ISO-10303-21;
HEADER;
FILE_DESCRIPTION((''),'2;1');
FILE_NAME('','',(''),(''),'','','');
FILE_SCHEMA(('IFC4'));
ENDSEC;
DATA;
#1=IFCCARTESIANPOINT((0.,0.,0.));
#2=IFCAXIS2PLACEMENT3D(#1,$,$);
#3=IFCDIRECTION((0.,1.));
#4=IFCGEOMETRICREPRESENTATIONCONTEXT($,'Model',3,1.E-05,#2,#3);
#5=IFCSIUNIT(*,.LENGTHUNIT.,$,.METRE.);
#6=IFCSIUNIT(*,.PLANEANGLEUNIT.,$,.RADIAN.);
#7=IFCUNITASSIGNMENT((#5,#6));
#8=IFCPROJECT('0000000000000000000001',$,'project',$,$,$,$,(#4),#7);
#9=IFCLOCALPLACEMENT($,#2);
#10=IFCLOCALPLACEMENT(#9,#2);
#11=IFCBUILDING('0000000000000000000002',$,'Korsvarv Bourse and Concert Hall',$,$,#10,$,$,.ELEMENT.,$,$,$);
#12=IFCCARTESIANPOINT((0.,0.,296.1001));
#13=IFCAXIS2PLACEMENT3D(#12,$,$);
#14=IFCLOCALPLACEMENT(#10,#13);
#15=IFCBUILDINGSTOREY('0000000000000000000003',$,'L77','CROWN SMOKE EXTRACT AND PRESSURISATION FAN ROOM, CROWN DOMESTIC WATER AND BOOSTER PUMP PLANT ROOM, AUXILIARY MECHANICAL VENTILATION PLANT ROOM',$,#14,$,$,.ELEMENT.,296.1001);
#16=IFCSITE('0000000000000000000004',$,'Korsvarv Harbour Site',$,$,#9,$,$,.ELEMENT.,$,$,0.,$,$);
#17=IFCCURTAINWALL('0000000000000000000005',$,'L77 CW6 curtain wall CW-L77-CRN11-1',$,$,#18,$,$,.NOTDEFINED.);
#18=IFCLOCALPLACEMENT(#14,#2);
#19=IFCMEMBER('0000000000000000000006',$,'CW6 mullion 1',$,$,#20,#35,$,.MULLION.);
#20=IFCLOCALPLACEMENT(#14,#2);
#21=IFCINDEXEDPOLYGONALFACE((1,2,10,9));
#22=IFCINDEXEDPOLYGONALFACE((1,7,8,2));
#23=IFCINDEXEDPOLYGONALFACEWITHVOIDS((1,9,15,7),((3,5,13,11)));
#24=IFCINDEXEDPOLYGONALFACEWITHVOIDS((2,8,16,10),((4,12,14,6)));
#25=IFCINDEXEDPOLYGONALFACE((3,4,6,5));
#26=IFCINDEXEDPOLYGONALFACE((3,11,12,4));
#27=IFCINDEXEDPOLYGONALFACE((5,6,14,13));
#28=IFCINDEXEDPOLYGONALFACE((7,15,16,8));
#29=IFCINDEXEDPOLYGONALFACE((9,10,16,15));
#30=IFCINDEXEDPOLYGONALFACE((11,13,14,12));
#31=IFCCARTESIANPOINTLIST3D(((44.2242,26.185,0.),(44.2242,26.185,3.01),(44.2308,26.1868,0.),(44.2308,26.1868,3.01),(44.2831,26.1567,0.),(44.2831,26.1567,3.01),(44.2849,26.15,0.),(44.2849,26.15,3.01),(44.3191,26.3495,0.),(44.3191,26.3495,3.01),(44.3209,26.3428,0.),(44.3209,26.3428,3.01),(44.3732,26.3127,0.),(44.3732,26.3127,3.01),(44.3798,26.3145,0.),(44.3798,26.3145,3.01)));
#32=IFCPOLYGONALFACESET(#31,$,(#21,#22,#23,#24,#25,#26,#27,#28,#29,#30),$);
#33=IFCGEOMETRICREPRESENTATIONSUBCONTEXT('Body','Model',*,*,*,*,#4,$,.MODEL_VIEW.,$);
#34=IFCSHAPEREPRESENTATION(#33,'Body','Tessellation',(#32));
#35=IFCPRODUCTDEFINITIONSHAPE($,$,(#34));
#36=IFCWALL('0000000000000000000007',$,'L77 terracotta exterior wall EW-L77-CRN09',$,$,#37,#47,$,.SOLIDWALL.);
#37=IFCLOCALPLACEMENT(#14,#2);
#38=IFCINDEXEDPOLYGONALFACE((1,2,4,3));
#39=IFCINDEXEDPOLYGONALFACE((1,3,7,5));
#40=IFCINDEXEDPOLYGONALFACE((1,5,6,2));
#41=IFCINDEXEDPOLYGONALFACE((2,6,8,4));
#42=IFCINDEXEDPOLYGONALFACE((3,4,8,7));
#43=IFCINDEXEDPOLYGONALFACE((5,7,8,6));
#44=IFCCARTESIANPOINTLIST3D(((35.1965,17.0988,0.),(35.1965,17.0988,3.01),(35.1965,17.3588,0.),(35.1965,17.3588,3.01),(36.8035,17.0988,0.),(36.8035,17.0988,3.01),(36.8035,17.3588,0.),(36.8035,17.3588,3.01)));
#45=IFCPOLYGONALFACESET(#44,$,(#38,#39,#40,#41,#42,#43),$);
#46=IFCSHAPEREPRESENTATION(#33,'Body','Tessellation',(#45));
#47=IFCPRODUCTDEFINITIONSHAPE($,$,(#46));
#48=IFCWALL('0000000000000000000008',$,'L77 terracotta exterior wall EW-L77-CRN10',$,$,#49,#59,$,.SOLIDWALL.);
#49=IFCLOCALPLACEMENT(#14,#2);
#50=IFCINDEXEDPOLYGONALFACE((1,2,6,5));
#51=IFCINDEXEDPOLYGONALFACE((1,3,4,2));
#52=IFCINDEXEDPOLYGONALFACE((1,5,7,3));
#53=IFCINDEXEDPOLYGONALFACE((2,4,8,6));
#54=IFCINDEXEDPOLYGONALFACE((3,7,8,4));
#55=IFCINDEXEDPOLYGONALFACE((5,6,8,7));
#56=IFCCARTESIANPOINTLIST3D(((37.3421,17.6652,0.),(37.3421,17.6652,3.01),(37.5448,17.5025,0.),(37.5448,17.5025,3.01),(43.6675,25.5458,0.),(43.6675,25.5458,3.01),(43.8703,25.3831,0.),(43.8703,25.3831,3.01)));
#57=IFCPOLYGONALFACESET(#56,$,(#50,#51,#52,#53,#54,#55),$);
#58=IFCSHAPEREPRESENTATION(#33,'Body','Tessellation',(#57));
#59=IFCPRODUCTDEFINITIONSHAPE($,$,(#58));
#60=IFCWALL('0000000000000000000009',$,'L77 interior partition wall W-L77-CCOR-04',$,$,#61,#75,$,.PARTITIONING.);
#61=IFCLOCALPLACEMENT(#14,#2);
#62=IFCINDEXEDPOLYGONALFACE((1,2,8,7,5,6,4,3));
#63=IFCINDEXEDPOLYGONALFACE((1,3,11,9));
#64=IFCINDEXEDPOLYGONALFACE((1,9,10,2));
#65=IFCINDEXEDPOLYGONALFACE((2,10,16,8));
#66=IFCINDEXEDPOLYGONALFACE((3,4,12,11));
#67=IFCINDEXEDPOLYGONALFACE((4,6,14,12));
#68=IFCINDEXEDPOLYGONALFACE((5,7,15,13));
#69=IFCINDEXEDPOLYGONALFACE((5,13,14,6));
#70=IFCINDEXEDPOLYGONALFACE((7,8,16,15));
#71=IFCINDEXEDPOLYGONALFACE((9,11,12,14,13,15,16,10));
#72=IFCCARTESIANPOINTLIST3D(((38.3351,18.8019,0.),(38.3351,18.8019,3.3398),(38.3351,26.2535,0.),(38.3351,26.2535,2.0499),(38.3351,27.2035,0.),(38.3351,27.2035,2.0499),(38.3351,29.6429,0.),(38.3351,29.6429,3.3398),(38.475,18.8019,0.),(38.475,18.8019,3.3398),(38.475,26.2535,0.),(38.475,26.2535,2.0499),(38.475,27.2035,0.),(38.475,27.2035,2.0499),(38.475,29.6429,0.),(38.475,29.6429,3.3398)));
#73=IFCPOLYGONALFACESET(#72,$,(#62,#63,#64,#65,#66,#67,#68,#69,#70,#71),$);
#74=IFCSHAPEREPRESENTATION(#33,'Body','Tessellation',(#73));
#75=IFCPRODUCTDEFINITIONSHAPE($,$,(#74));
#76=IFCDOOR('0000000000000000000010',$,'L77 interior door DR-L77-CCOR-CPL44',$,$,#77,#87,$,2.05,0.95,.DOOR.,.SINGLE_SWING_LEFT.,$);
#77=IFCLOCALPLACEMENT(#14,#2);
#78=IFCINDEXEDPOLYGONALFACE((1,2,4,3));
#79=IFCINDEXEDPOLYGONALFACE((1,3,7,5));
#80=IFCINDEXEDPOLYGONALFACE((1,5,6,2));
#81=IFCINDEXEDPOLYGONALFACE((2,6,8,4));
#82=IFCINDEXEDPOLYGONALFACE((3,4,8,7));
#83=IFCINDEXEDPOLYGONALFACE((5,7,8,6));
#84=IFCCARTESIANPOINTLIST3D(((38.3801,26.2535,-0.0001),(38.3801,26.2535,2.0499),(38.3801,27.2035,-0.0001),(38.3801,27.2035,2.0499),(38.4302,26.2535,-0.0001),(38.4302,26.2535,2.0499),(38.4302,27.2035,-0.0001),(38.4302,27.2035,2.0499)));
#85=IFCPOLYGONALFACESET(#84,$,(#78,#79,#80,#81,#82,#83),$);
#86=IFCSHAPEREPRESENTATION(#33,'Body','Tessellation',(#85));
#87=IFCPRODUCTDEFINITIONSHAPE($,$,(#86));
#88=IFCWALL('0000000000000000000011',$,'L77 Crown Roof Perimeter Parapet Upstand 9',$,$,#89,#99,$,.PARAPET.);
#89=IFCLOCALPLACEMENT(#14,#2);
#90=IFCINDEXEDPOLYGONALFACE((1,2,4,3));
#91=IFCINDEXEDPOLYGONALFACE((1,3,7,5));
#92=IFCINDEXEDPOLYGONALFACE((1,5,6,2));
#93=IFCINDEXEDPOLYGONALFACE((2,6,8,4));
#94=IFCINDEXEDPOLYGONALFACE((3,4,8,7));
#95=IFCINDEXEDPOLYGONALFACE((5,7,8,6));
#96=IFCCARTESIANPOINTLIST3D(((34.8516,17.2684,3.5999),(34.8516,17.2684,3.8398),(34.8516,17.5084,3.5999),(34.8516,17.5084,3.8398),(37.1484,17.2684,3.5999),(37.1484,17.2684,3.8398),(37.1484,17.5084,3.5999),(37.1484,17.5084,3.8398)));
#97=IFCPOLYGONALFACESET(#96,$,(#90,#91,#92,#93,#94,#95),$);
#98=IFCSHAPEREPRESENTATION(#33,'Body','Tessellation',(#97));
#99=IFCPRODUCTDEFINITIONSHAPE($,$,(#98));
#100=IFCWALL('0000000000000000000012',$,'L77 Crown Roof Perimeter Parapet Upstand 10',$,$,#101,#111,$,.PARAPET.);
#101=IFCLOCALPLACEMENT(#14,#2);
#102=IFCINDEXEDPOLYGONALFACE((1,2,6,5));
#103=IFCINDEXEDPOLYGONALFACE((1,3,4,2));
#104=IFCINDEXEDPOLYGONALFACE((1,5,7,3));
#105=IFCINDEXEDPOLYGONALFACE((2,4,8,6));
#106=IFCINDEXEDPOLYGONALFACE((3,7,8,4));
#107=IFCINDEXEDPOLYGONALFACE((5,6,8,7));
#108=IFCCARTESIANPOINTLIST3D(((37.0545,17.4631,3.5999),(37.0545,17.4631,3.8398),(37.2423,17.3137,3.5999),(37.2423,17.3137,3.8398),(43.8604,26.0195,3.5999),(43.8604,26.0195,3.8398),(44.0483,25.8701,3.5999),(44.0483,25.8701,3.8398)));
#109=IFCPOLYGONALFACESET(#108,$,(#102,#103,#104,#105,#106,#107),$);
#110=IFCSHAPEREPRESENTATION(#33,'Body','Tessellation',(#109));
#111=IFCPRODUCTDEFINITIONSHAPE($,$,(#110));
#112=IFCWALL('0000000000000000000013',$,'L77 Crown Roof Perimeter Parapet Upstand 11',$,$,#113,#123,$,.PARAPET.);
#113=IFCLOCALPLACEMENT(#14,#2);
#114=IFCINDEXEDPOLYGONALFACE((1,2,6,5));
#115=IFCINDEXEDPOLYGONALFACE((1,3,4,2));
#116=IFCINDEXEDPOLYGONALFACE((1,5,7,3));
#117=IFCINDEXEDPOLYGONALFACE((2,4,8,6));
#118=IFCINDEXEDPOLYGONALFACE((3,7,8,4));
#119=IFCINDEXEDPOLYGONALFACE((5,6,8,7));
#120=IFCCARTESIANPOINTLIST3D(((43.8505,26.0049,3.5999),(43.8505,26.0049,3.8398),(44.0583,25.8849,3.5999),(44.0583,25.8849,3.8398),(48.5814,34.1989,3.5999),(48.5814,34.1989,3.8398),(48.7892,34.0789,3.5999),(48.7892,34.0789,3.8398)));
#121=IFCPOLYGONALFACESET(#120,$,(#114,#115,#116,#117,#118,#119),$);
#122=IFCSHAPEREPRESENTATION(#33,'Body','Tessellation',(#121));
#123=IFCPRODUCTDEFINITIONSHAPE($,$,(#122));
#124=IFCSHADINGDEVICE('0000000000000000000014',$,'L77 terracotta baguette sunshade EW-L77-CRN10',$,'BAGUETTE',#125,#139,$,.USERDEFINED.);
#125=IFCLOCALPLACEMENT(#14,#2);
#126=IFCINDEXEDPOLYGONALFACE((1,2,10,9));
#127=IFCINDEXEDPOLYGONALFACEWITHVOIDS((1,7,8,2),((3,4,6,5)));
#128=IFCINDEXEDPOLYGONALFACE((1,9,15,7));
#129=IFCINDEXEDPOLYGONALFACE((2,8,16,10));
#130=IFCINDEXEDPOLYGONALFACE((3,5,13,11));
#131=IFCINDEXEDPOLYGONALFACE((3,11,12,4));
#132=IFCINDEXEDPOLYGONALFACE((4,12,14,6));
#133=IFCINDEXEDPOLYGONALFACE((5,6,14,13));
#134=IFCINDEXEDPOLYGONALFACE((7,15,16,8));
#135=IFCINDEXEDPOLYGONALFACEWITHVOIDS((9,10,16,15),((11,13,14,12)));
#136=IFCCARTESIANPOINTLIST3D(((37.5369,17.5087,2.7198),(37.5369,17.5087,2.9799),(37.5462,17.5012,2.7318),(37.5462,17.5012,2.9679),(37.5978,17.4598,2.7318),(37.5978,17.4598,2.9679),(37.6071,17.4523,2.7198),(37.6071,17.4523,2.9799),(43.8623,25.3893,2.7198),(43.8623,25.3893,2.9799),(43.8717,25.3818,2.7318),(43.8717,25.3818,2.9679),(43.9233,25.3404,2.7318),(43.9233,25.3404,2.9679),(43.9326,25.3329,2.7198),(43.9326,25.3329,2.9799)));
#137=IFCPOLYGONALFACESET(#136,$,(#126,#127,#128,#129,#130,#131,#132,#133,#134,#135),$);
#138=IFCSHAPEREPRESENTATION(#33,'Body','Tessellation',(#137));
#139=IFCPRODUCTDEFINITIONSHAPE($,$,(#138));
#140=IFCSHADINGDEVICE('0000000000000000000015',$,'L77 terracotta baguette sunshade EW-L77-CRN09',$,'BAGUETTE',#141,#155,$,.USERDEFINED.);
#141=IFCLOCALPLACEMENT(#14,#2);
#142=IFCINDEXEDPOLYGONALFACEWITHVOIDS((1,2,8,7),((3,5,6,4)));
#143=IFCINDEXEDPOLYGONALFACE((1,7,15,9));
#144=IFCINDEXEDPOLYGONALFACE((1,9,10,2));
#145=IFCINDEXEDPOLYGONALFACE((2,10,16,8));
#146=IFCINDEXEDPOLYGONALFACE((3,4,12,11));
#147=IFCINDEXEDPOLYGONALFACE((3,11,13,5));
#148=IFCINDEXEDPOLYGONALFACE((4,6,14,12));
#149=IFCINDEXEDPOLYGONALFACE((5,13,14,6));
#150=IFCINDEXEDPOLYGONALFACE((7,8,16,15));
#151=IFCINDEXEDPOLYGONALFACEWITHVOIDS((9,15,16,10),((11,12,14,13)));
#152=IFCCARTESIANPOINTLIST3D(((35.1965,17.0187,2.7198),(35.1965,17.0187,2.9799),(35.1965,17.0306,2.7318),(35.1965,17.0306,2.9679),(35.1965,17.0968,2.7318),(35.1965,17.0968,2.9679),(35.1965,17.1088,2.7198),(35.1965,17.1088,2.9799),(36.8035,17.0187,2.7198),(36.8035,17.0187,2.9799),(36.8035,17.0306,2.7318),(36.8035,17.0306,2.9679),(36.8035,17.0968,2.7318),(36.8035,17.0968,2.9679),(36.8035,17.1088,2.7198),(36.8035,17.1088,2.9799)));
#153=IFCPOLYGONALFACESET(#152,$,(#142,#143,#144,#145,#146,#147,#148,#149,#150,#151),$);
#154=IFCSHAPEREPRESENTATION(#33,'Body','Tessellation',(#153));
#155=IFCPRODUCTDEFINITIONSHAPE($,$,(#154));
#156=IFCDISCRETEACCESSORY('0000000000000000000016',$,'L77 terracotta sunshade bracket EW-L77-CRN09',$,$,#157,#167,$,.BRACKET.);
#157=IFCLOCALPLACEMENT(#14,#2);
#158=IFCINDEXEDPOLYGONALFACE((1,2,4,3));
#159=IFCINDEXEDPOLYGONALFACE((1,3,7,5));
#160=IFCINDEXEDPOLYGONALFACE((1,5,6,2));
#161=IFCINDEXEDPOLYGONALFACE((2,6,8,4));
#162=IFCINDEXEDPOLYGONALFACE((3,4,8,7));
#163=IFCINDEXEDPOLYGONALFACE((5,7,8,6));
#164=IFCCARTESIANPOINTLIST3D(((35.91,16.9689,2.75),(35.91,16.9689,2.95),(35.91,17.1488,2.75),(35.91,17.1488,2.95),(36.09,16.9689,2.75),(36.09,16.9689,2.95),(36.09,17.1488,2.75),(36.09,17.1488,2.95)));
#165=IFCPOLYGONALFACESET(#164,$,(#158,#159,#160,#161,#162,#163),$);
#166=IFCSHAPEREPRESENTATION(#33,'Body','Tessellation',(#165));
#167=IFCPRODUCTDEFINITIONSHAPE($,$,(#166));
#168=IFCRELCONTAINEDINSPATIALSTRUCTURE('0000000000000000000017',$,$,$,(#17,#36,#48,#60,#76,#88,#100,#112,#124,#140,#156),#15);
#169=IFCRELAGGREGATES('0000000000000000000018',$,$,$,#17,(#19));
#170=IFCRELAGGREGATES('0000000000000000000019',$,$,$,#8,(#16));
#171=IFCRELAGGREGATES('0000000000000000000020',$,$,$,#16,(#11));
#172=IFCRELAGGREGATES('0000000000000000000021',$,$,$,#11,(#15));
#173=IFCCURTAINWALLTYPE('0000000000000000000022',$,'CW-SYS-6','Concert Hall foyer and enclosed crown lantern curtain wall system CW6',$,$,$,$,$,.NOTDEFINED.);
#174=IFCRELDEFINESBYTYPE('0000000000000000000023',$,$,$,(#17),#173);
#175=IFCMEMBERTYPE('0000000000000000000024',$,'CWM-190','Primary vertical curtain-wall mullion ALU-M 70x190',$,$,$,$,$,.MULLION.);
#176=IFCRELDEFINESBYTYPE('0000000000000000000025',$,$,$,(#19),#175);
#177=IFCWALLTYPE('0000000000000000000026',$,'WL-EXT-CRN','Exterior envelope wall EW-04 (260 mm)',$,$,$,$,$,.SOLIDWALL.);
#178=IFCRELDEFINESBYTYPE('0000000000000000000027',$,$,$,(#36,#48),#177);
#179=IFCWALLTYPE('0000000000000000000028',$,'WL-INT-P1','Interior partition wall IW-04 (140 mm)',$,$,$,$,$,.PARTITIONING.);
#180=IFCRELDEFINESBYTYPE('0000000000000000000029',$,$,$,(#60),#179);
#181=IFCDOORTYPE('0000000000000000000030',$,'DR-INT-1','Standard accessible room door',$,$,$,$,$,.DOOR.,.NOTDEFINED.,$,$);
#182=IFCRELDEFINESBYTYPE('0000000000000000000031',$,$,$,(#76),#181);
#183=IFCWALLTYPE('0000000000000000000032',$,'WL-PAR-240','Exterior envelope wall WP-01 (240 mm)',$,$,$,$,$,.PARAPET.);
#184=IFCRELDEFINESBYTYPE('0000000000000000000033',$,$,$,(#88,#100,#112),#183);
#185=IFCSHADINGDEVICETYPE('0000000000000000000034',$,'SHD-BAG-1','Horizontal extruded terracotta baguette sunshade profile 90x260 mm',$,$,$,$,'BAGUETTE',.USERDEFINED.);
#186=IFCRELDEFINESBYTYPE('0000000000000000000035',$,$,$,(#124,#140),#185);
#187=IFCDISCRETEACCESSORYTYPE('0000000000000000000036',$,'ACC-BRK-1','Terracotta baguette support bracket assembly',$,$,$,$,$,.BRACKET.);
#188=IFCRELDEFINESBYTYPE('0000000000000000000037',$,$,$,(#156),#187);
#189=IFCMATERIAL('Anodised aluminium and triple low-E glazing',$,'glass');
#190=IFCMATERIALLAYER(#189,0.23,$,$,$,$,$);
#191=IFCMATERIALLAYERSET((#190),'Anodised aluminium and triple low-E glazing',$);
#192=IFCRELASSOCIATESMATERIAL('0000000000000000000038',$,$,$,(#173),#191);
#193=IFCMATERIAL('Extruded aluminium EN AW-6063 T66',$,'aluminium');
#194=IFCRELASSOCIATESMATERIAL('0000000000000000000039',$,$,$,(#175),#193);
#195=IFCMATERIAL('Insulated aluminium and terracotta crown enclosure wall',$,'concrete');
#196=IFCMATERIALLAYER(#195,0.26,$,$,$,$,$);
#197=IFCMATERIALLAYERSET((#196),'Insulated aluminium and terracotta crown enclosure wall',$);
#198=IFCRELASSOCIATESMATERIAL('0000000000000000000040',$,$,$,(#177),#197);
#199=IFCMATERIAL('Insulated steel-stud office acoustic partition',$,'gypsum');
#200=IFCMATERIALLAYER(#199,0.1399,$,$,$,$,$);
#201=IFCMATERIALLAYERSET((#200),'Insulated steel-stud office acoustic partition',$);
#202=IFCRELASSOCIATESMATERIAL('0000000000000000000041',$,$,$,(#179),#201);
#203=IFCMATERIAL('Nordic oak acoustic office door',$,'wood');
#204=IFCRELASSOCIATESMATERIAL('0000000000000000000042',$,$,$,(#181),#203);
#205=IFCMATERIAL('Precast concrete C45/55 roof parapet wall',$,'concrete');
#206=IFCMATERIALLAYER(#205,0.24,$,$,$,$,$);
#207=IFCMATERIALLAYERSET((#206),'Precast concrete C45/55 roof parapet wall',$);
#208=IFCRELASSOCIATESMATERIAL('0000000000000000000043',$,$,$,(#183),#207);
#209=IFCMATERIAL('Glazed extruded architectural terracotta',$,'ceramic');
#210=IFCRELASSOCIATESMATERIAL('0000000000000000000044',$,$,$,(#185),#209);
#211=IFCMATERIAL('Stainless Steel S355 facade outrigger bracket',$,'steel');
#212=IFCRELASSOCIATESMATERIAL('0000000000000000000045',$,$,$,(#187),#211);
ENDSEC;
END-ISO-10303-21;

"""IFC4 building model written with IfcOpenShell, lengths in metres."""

from ifc_helpers import new_model, si_unit, direction, frame, frame_2d, origin, origin_2d, place, context, subcontext, project, spatial, rectangle, hollow_rectangle, extrude, source, transform, mapped, material, layer, layer_set, material_profile, profile_set, type_object, element, fill, aggregate, save


model = new_model("IFC4")

# Units and contexts
model_context = context("Model", 3, precision=1e-05, world=origin(), true_north=direction((0.0, 1.0)))
body_context = subcontext(model_context, "Body", "Model", "MODEL_VIEW")
ifc_project = project(units=[si_unit("LENGTHUNIT", "METRE"), si_unit("PLANEANGLEUNIT", "RADIAN")], contexts=[model_context])

# Site, building, storey
site_placement = place(None, origin())
site = spatial("IfcSite", under=ifc_project, at=site_placement, Name="Korsvarv Harbour Site", CompositionType="ELEMENT", RefElevation=0.0)
building_placement = place(site_placement, origin())
building = spatial("IfcBuilding", under=site, at=building_placement, Name="Korsvarv Bourse and Concert Hall", CompositionType="ELEMENT")
storey_placement = place(building_placement, frame((0.0, 0.0, 296.1001)))
storey = spatial("IfcBuildingStorey", under=building, at=storey_placement, Name="L77", Description="CROWN SMOKE EXTRACT AND PRESSURISATION FAN ROOM, CROWN DOMESTIC WATER AND BOOSTER PUMP PLANT ROOM, AUXILIARY MECHANICAL VENTILATION PLANT ROOM", CompositionType="ELEMENT", Elevation=296.1001)

# Curtain wall, member
ifc_material_1 = material(Name="Anodised aluminium and triple low-E glazing", Category="glass")
ifc_layer_1 = layer(ifc_material_1, 0.23)
ifc_layer_set_1 = layer_set([ifc_layer_1], Name="Anodised aluminium and triple low-E glazing")
curtain_wall_type = type_object("IfcCurtainWallType", Name="CW-SYS-6", Description="Concert Hall foyer and enclosed crown lantern curtain wall system CW6", PredefinedType="NOTDEFINED", material=ifc_layer_set_1)
curtain_wall_placement = place(storey_placement, origin())
curtain_wall = element("IfcCurtainWall", 1, at=curtain_wall_placement, inside=storey, type_object=curtain_wall_type, Name="L77 CW6 curtain wall CW-L77-CRN11-1", PredefinedType="NOTDEFINED")
ifc_material_2 = material(Name="Extruded aluminium EN AW-6063 T66", Category="aluminium")
ifc_material_profile_1 = material_profile(ifc_material_2, hollow_rectangle(XDim=0.0701, YDim=0.1899, WallThickness=0.0049, at=origin_2d()), Name="ALU-M 70x190")
ifc_profile_set_1 = profile_set([ifc_material_profile_1], Name="Extruded aluminium EN AW-6063 T66")
member_type = type_object("IfcMemberType", Name="CWM-190", Description="Primary vertical curtain-wall mullion ALU-M 70x190", PredefinedType="MULLION", material=ifc_profile_set_1)
shared_shape_1 = source(origin(), body_context, "Body", "SweptSolid", [
    extrude(hollow_rectangle(XDim=0.0701, YDim=0.1899, WallThickness=0.0049, at=origin_2d()), origin(), (0.0, 0.0, 1.0), 3.01),
])
member_placement = place(storey_placement, frame((44.302, 26.2498, 0.0), z_axis=(0.0, 0.0, 1.0), x_axis=(-0.866021, 0.500008, 0.0)))
member = element("IfcMember", 2, at=member_placement, type_object=member_type, Name="CW6 mullion 1", PredefinedType="MULLION", context=body_context, shape_type="MappedRepresentation", body=[
    mapped(shared_shape_1, transform((0.0, 0.0, 0.0), scale=1.0)),
])
aggregate(curtain_wall, [member])

# Walls
ifc_material_3 = material(Name="Insulated aluminium and terracotta crown enclosure wall", Category="concrete")
ifc_layer_2 = layer(ifc_material_3, 0.26)
ifc_layer_set_2 = layer_set([ifc_layer_2], Name="Insulated aluminium and terracotta crown enclosure wall")
wall_type_1 = type_object("IfcWallType", Name="WL-EXT-CRN", Description="Exterior envelope wall EW-04 (260 mm)", PredefinedType="SOLIDWALL", material=ifc_layer_set_2)
wall_1_placement = place(storey_placement, frame((35.1965, 17.2288, 0.0), z_axis=(0.0, 0.0, 1.0), x_axis=(1.0, 0.0, 0.0)))
element("IfcWall", 3, at=wall_1_placement, inside=storey, type_object=wall_type_1, Name="L77 terracotta exterior wall EW-L77-CRN09", PredefinedType="SOLIDWALL", context=body_context, shape_type="SweptSolid", body=[
    extrude(rectangle(XDim=1.6069, YDim=0.26, at=frame_2d((0.8035, 0.0))), origin(), (0.0, 0.0, 1.0), 3.01),
])
wall_2_placement = place(storey_placement, frame((37.4434, 17.5837, 0.0), z_axis=(0.0, 0.0, 1.0), x_axis=(0.625958, 0.779857, 0.0)))
element("IfcWall", 4, at=wall_2_placement, inside=storey, type_object=wall_type_1, Name="L77 terracotta exterior wall EW-L77-CRN10", PredefinedType="SOLIDWALL", context=body_context, shape_type="SweptSolid", body=[
    extrude(rectangle(XDim=10.1052, YDim=0.26, at=frame_2d((5.0527, 0.0))), origin(), (0.0, 0.0, 1.0), 3.01),
])

# Wall, opening, door
ifc_material_4 = material(Name="Insulated steel-stud office acoustic partition", Category="gypsum")
ifc_layer_3 = layer(ifc_material_4, 0.1399)
ifc_layer_set_3 = layer_set([ifc_layer_3], Name="Insulated steel-stud office acoustic partition")
wall_type_2 = type_object("IfcWallType", Name="WL-INT-P1", Description="Interior partition wall IW-04 (140 mm)", PredefinedType="PARTITIONING", material=ifc_layer_set_3)
wall_3_placement = place(storey_placement, frame((38.405, 18.802, 0.0), z_axis=(0.0, 0.0, 1.0), x_axis=(0.0, 1.0, 0.0)))
wall_3 = element("IfcWall", 5, at=wall_3_placement, inside=storey, type_object=wall_type_2, Name="L77 interior partition wall W-L77-CCOR-04", PredefinedType="PARTITIONING", context=body_context, shape_type="SweptSolid", body=[
    extrude(rectangle(XDim=10.8411, YDim=0.1399, at=frame_2d((5.4204, 0.0))), origin(), (0.0, 0.0, 1.0), 3.3398),
])
opening_placement = place(wall_3_placement, frame((7.4514, 0.0, 0.0)))
opening = element("IfcOpeningElement", 6, at=opening_placement, cuts=wall_3, PredefinedType="OPENING", context=body_context, shape_type="SweptSolid", body=[
    extrude(rectangle(XDim=0.95, YDim=2.05, at=frame_2d((0.4751, 1.0249))), frame((0.0, 0.0801, 0.0), z_axis=(0.0, -1.0, 0.0), x_axis=(1.0, 0.0, 0.0)), (0.0, 0.0, 1.0), 0.1599),
])
ifc_material_5 = material(Name="Nordic oak acoustic office door", Category="wood")
door_type = type_object("IfcDoorType", Name="DR-INT-1", Description="Standard accessible room door", OperationType="NOTDEFINED", PredefinedType="DOOR", material=ifc_material_5)
door_placement = place(opening_placement, origin())
door = element("IfcDoor", 7, at=door_placement, inside=storey, type_object=door_type, Name="L77 interior door DR-L77-CCOR-CPL44", OperationType="SINGLE_SWING_LEFT", OverallHeight=2.05, OverallWidth=0.95, PredefinedType="DOOR", context=body_context, shape_type="SweptSolid", body=[
    extrude(rectangle(XDim=0.95, YDim=2.05, at=frame_2d((0.4751, 1.0249))), frame((0.0, 0.0249, 0.0), z_axis=(0.0, -1.0, 0.0), x_axis=(1.0, 0.0, 0.0)), (0.0, 0.0, 1.0), 0.05),
])
fill(opening, door)

# Walls
ifc_material_6 = material(Name="Precast concrete C45/55 roof parapet wall", Category="concrete")
ifc_layer_4 = layer(ifc_material_6, 0.24)
ifc_layer_set_4 = layer_set([ifc_layer_4], Name="Precast concrete C45/55 roof parapet wall")
wall_type_3 = type_object("IfcWallType", Name="WL-PAR-240", Description="Exterior envelope wall WP-01 (240 mm)", PredefinedType="PARAPET", material=ifc_layer_set_4)
wall_4_placement = place(storey_placement, frame((34.8516, 17.3884, 3.5999), z_axis=(0.0, 0.0, 1.0), x_axis=(1.0, 0.0, 0.0)))
element("IfcWall", 8, at=wall_4_placement, inside=storey, type_object=wall_type_3, Name="L77 Crown Roof Perimeter Parapet Upstand 9", PredefinedType="PARAPET", context=body_context, shape_type="SweptSolid", body=[
    extrude(rectangle(XDim=2.2969, YDim=0.24, at=frame_2d((1.1484, 0.0))), origin(), (0.0, 0.0, 1.0), 0.24),
])
wall_5_placement = place(storey_placement, frame((37.1484, 17.3884, 3.5999), z_axis=(0.0, 0.0, 1.0), x_axis=(0.622506, 0.782615, 0.0)))
element("IfcWall", 9, at=wall_5_placement, inside=storey, type_object=wall_type_3, Name="L77 Crown Roof Perimeter Parapet Upstand 10", PredefinedType="PARAPET", context=body_context, shape_type="SweptSolid", body=[
    extrude(rectangle(XDim=10.9331, YDim=0.24, at=frame_2d((5.4666, 0.0))), origin(), (0.0, 0.0, 1.0), 0.24),
])
wall_6_placement = place(storey_placement, frame((43.9543, 25.9448, 3.5999), z_axis=(0.0, 0.0, 1.0), x_axis=(0.500008, 0.866021, 0.0)))
element("IfcWall", 10, at=wall_6_placement, inside=storey, type_object=wall_type_3, Name="L77 Crown Roof Perimeter Parapet Upstand 11", PredefinedType="PARAPET", context=body_context, shape_type="SweptSolid", body=[
    extrude(rectangle(XDim=9.4617, YDim=0.24, at=frame_2d((4.731, 0.0))), origin(), (0.0, 0.0, 1.0), 0.24),
])

# Shading devices
ifc_material_7 = material(Name="Glazed extruded architectural terracotta", Category="ceramic")
ifc_material_profile_2 = material_profile(ifc_material_7, hollow_rectangle(XDim=0.0901, YDim=0.26, WallThickness=0.012, at=origin_2d()), Name="TC-BAG 90x260")
ifc_profile_set_2 = profile_set([ifc_material_profile_2], Name="Glazed extruded architectural terracotta")
shading_device_type = type_object("IfcShadingDeviceType", Name="SHD-BAG-1", Description="Horizontal extruded terracotta baguette sunshade profile 90x260 mm", ElementType="BAGUETTE", PredefinedType="USERDEFINED", material=ifc_profile_set_2)
shared_shape_2 = source(origin(), body_context, "Body", "SweptSolid", [
    extrude(hollow_rectangle(XDim=0.0901, YDim=0.26, WallThickness=0.012, at=origin_2d()), origin(), (0.0, 0.0, 1.0), 10.1052),
])
shading_device_1_placement = place(storey_placement, frame((37.572, 17.4805, 2.8499), z_axis=(0.625958, 0.779857, 0.0), x_axis=(-0.779857, 0.625958, 0.0)))
element("IfcShadingDevice", 11, at=shading_device_1_placement, inside=storey, type_object=shading_device_type, Name="L77 terracotta baguette sunshade EW-L77-CRN10", ObjectType="BAGUETTE", PredefinedType="USERDEFINED", context=body_context, shape_type="MappedRepresentation", body=[
    mapped(shared_shape_2, transform((0.0, 0.0, 0.0), scale=1.0)),
])
shared_shape_3 = source(origin(), body_context, "Body", "SweptSolid", [
    extrude(hollow_rectangle(XDim=0.0901, YDim=0.26, WallThickness=0.012, at=origin_2d()), origin(), (0.0, 0.0, 1.0), 1.6069),
])
shading_device_2_placement = place(storey_placement, frame((35.1965, 17.0637, 2.8499), z_axis=(1.0, 0.0, 0.0), x_axis=(0.0, 1.0, 0.0)))
element("IfcShadingDevice", 12, at=shading_device_2_placement, inside=storey, type_object=shading_device_type, Name="L77 terracotta baguette sunshade EW-L77-CRN09", ObjectType="BAGUETTE", PredefinedType="USERDEFINED", context=body_context, shape_type="MappedRepresentation", body=[
    mapped(shared_shape_3, transform((0.0, 0.0, 0.0), scale=1.0)),
])

# Discrete accessory
ifc_material_8 = material(Name="Stainless Steel S355 facade outrigger bracket", Category="steel")
discrete_accessory_type = type_object("IfcDiscreteAccessoryType", Name="ACC-BRK-1", Description="Terracotta baguette support bracket assembly", PredefinedType="BRACKET", material=ifc_material_8)
shared_shape_4 = source(origin(), body_context, "Body", "SweptSolid", [
    extrude(rectangle(XDim=0.1799, YDim=0.1799, at=origin_2d()), origin(), (0.0, 0.0, 1.0), 0.2),
])
for number, where, z_axis, x_axis, name in (
    (13, (36.0, 17.0588, 2.75), (0.0, 0.0, 1.0), (1.0, 0.0, 0.0), "L77 terracotta sunshade bracket EW-L77-CRN09"),
):
    element("IfcDiscreteAccessory", number, at=place(storey_placement, frame(where, z_axis=z_axis, x_axis=x_axis)), inside=storey, type_object=discrete_accessory_type, Name=name, PredefinedType="BRACKET", context=body_context, shape_type="MappedRepresentation", body=[
        mapped(shared_shape_4, transform((0.0, 0.0, 0.0), scale=1.0)),
    ])

save(model, "model.ifc")
